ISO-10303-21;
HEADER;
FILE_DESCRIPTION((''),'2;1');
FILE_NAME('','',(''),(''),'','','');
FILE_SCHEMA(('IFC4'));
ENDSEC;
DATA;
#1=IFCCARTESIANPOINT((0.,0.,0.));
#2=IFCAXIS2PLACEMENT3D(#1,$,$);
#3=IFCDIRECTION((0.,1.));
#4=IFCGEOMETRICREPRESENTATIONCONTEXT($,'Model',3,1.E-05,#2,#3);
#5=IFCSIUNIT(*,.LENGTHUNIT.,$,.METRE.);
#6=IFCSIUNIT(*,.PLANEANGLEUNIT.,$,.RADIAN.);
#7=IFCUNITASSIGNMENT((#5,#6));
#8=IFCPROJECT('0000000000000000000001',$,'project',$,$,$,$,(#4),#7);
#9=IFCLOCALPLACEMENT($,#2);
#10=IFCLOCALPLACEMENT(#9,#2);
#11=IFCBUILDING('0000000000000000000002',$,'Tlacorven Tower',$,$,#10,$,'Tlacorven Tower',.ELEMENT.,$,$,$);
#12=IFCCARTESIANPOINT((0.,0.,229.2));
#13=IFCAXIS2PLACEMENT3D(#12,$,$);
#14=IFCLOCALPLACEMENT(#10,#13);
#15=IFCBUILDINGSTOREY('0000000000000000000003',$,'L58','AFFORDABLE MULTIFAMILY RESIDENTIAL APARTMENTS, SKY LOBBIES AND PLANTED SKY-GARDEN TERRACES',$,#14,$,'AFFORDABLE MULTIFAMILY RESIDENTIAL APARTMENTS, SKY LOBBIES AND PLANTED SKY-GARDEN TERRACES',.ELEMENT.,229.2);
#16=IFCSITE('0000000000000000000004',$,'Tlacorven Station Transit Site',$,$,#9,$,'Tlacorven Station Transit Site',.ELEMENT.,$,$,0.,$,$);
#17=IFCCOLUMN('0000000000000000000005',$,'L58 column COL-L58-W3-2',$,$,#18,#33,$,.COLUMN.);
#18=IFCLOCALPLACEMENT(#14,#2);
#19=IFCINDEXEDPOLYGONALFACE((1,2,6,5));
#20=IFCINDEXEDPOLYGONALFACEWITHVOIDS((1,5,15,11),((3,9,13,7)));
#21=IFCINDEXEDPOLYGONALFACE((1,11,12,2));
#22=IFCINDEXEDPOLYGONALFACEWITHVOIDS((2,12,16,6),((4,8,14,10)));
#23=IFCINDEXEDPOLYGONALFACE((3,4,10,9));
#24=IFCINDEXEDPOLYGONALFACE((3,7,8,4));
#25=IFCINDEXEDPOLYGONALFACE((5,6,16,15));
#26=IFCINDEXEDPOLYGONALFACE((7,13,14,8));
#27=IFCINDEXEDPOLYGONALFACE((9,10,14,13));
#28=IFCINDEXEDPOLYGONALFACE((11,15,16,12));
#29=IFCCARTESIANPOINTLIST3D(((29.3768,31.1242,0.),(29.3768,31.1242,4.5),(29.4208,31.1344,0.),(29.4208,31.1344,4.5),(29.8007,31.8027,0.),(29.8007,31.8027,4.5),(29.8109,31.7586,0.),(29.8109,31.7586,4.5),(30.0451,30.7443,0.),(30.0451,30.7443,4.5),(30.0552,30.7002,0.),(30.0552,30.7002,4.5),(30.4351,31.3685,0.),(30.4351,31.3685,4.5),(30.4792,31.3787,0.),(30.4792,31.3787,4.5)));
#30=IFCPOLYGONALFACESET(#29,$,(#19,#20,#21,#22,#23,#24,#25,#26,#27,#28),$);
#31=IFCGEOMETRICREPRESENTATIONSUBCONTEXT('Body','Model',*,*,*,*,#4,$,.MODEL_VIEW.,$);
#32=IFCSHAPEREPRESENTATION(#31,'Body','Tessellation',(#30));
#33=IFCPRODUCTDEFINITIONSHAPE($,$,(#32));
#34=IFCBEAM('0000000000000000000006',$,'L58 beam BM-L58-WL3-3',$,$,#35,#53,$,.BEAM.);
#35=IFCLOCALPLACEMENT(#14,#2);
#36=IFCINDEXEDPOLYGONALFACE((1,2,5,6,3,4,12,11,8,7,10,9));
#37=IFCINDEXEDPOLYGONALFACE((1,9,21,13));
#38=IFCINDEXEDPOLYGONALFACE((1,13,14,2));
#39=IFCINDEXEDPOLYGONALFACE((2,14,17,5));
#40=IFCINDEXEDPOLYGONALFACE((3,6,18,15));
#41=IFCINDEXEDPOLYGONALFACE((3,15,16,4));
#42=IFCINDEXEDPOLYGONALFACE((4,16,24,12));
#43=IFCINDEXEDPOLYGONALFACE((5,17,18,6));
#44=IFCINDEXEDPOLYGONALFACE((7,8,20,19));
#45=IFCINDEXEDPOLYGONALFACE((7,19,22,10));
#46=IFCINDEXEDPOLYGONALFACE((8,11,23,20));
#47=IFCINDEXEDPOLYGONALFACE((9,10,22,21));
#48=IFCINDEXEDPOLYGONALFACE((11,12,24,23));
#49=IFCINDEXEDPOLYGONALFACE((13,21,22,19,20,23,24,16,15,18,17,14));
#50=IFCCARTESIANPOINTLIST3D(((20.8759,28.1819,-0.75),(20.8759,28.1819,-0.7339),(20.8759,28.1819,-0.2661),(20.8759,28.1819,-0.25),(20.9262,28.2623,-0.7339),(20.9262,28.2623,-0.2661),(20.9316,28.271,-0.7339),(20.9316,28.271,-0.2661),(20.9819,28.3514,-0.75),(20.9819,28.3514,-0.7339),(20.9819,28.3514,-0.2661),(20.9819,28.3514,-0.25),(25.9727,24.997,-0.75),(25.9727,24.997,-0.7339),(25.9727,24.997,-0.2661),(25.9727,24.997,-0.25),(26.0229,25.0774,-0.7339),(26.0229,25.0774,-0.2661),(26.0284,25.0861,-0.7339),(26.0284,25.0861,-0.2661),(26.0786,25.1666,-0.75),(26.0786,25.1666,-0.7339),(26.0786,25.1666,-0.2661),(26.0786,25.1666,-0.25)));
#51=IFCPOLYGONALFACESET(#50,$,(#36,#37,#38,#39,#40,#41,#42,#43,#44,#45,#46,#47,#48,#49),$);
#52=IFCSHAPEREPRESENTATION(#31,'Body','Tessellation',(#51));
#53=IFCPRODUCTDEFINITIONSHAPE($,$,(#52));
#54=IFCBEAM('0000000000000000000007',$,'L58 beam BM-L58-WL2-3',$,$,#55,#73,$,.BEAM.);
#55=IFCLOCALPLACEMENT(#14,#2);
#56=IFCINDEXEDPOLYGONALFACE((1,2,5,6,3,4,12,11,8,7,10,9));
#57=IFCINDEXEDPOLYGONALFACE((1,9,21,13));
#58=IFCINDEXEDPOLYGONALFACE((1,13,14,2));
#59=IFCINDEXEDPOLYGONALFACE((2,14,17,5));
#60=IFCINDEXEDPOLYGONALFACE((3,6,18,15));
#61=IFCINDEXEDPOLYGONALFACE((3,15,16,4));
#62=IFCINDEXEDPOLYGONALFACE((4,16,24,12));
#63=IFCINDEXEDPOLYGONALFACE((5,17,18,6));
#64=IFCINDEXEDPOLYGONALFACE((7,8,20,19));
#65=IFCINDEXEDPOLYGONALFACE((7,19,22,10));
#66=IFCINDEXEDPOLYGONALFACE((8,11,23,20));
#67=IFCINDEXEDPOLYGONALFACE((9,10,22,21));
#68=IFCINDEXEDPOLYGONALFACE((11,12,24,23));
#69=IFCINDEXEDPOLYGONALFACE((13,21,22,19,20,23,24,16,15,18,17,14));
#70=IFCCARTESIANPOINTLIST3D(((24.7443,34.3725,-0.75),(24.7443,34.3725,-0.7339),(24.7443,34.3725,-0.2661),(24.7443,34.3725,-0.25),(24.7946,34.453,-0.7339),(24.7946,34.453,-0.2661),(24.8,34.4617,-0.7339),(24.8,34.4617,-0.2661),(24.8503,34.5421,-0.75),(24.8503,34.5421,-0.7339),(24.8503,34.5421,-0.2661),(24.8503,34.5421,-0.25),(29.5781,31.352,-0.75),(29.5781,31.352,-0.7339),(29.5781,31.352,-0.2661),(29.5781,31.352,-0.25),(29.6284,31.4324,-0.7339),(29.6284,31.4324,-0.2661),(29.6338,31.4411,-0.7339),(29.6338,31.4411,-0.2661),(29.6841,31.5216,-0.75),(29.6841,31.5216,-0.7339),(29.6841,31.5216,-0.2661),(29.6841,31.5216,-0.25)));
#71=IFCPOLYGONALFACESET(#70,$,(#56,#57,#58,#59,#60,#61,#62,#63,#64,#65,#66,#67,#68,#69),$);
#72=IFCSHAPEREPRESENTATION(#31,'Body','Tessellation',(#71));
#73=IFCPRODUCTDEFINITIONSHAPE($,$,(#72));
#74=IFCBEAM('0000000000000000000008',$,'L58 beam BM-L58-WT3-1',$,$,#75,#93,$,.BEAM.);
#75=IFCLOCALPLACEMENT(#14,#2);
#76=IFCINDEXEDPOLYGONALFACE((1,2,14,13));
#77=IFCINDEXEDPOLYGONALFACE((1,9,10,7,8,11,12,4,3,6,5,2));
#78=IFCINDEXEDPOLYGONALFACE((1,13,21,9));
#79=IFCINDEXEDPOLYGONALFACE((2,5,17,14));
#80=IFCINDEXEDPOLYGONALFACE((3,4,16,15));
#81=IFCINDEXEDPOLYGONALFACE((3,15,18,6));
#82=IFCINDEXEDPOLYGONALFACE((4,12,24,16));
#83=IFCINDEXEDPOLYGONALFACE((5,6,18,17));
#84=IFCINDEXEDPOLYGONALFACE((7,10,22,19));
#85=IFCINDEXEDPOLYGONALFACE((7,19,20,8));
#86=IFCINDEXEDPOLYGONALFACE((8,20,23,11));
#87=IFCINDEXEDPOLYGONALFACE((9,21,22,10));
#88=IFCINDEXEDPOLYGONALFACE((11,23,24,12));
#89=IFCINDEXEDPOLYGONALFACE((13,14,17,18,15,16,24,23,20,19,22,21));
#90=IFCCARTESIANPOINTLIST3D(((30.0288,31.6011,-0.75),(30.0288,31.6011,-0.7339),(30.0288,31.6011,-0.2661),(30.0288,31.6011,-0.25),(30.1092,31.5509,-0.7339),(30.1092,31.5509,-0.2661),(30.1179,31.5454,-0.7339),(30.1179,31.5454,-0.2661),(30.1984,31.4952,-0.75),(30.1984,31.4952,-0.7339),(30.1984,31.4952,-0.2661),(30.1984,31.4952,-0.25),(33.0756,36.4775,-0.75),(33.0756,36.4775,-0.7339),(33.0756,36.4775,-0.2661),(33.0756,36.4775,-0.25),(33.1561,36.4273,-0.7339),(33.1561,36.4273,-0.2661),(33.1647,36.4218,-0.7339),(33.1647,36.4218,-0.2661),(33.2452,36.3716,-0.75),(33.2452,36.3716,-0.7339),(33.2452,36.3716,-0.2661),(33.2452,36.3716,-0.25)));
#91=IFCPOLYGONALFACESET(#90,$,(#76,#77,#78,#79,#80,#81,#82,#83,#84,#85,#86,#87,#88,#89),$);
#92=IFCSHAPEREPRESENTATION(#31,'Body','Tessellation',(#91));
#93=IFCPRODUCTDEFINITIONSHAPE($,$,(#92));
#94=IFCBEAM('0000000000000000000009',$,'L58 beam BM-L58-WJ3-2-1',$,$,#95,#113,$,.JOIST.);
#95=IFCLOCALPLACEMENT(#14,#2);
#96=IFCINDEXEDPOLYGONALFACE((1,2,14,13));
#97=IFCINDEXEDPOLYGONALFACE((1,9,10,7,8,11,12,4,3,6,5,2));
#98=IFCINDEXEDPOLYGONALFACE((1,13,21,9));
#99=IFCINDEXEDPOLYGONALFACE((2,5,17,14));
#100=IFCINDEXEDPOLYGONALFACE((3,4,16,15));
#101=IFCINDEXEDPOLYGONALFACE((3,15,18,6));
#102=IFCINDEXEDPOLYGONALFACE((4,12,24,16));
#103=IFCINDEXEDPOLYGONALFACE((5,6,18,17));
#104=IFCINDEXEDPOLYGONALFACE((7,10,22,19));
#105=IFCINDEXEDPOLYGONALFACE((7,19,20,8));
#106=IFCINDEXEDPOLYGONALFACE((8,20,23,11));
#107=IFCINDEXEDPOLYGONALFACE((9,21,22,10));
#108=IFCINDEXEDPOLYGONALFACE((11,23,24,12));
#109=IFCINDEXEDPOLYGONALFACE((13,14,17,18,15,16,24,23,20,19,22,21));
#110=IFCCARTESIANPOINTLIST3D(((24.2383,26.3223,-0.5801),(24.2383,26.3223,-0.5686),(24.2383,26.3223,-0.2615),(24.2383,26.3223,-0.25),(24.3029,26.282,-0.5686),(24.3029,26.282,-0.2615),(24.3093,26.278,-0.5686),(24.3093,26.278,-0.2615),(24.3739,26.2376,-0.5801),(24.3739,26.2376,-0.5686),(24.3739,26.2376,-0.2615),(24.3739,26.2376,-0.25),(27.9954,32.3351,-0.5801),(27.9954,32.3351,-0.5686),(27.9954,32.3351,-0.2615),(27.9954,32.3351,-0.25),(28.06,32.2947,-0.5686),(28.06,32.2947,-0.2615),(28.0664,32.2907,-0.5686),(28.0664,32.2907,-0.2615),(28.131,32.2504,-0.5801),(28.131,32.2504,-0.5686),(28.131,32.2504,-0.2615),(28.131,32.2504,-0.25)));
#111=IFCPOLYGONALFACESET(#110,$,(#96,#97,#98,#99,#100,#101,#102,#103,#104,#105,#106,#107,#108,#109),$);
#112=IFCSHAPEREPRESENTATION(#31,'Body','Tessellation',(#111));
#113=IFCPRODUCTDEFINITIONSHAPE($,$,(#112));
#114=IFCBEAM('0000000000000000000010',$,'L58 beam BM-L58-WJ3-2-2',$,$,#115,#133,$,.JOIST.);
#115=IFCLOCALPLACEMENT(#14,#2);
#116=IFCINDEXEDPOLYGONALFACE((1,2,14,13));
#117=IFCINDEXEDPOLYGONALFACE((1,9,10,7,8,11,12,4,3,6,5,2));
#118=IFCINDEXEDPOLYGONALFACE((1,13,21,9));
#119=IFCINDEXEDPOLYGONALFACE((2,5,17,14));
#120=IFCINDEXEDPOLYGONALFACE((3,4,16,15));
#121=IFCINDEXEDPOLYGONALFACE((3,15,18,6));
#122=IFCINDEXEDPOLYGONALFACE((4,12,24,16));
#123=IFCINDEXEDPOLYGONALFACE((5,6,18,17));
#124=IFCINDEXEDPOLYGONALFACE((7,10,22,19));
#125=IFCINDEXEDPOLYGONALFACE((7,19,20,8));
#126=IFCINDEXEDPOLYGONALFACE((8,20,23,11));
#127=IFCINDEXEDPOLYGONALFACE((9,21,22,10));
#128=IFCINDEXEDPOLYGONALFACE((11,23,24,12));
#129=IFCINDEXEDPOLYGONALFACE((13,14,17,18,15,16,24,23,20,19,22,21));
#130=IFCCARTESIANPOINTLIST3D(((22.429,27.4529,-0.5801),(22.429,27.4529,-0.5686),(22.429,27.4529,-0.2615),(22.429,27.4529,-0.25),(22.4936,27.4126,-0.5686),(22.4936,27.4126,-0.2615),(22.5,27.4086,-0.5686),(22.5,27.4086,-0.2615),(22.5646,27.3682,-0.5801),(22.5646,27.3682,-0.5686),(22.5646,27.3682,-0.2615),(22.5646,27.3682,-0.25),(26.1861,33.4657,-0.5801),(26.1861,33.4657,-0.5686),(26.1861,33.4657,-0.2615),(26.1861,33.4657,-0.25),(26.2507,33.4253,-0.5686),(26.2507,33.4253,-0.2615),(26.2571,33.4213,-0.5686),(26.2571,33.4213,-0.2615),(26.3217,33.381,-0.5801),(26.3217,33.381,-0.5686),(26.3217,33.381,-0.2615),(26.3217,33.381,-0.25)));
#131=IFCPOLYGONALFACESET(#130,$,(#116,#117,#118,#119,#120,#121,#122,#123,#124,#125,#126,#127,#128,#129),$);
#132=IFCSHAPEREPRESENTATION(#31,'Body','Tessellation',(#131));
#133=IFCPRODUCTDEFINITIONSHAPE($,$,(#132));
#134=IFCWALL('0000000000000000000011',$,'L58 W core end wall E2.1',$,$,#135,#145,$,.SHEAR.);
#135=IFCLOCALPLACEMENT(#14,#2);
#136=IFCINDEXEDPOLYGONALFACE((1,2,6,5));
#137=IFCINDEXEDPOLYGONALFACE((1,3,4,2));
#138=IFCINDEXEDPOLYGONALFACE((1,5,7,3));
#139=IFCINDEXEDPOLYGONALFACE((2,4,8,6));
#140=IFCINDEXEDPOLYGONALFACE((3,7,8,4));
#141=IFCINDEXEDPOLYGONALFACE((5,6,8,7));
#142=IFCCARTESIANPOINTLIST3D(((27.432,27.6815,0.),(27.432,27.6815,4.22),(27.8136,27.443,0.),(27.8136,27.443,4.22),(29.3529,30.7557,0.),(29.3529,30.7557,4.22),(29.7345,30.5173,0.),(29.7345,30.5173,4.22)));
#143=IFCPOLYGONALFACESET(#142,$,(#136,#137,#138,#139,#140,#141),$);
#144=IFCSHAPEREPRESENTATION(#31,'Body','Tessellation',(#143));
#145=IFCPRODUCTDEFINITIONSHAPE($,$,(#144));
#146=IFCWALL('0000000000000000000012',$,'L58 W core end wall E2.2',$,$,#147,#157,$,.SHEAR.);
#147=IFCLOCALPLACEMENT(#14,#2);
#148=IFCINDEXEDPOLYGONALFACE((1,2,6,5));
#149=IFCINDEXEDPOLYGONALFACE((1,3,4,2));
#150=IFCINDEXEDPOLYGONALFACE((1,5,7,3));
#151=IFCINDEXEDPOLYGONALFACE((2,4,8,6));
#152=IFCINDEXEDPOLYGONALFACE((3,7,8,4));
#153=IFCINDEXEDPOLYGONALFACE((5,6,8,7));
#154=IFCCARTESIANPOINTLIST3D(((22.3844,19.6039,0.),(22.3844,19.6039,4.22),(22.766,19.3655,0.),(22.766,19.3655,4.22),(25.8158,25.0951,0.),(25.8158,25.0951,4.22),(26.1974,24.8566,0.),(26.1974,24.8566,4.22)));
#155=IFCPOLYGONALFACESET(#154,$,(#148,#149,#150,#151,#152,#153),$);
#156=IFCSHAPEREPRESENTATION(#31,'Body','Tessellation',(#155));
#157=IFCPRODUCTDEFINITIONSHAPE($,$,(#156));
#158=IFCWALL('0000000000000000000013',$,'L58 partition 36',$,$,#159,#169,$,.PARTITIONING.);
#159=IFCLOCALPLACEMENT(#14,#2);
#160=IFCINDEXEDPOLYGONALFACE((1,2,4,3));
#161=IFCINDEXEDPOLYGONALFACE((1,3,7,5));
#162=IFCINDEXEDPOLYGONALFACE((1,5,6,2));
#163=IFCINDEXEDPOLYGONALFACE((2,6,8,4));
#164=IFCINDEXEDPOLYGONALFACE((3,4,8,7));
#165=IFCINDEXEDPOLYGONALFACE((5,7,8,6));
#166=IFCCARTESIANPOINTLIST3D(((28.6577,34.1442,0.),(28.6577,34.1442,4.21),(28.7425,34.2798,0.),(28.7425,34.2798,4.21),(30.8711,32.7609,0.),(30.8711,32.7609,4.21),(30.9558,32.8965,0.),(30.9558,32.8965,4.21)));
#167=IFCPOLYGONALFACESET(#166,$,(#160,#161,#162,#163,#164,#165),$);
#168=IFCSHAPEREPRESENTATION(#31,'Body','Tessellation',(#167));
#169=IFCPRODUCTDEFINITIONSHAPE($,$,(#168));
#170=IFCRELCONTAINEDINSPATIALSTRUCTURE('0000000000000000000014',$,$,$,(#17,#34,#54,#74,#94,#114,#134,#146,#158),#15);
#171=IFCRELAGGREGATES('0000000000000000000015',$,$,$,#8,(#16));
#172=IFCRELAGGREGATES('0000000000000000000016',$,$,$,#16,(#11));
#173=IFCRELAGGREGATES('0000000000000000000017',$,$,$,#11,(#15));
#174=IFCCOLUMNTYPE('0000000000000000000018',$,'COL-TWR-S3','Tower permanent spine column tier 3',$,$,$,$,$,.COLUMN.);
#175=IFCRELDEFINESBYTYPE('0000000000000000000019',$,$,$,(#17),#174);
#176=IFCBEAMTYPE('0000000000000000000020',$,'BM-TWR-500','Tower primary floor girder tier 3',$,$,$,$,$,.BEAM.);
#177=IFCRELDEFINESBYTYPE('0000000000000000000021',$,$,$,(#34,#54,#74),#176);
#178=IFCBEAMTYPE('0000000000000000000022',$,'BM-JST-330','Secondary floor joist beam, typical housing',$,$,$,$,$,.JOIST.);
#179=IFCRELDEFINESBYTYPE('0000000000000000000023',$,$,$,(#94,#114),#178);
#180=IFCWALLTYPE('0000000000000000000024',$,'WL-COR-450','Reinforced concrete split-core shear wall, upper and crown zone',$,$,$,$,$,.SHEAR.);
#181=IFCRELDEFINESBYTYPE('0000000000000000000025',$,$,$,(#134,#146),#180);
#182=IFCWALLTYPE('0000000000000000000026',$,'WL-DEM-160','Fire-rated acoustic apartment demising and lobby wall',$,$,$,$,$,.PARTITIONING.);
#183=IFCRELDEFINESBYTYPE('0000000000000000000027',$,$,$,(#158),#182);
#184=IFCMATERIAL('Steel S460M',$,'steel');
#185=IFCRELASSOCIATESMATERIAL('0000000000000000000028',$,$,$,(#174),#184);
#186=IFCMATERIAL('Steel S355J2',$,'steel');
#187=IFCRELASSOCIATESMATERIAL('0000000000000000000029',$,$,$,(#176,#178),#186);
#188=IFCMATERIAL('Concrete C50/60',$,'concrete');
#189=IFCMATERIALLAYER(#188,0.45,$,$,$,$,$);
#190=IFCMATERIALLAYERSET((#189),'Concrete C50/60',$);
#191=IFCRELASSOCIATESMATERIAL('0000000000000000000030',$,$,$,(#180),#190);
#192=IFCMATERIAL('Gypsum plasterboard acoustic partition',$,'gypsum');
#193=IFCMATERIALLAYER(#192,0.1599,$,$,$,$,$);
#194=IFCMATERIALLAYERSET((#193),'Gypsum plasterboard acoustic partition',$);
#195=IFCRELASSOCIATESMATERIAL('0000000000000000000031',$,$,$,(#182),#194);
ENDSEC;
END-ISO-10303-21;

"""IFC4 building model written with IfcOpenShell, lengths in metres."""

from ifc_helpers import new_model, si_unit, direction, frame, frame_2d, origin, origin_2d, place, context, subcontext, project, spatial, rectangle, hollow_rectangle, i_section, extrude, source, transform, mapped, material, layer, layer_set, material_profile, profile_set, type_object, element, save


model = new_model("IFC4")

# Units and contexts
model_context = context("Model", 3, precision=1e-05, world=origin(), true_north=direction((0.0, 1.0)))
body_context = subcontext(model_context, "Body", "Model", "MODEL_VIEW")
ifc_project = project(units=[si_unit("LENGTHUNIT", "METRE"), si_unit("PLANEANGLEUNIT", "RADIAN")], contexts=[model_context])

# Site, building, storey
site_placement = place(None, origin())
site = spatial("IfcSite", under=ifc_project, at=site_placement, Name="Tlacorven Station Transit Site", LongName="Tlacorven Station Transit Site", CompositionType="ELEMENT", RefElevation=0.0)
building_placement = place(site_placement, origin())
building = spatial("IfcBuilding", under=site, at=building_placement, Name="Tlacorven Tower", LongName="Tlacorven Tower", CompositionType="ELEMENT")
storey_placement = place(building_placement, frame((0.0, 0.0, 229.2)))
storey = spatial("IfcBuildingStorey", under=building, at=storey_placement, Name="L58", Description="AFFORDABLE MULTIFAMILY RESIDENTIAL APARTMENTS, SKY LOBBIES AND PLANTED SKY-GARDEN TERRACES", LongName="AFFORDABLE MULTIFAMILY RESIDENTIAL APARTMENTS, SKY LOBBIES AND PLANTED SKY-GARDEN TERRACES", CompositionType="ELEMENT", Elevation=229.2)

# Column
ifc_material_1 = material(Name="Steel S460M", Category="steel")
ifc_material_profile_1 = material_profile(ifc_material_1, hollow_rectangle(XDim=0.8, YDim=0.8, WallThickness=0.032, at=origin_2d()), Name="BOX 800X800X32")
ifc_profile_set_1 = profile_set([ifc_material_profile_1], Name="Steel S460M")
column_type = type_object("IfcColumnType", Name="COL-TWR-S3", Description="Tower permanent spine column tier 3", PredefinedType="COLUMN", material=ifc_profile_set_1)
shared_shape_1 = source(origin(), body_context, "Body", "SweptSolid", [
    extrude(hollow_rectangle(XDim=0.8, YDim=0.8, WallThickness=0.032, at=origin_2d()), origin(), (0.0, 0.0, 1.0), 4.5),
])
column_placement = place(storey_placement, frame((29.928, 31.2515, 0.0), z_axis=(0.0, 0.0, 1.0), x_axis=(-0.848048, 0.529919, 0.0)))
element("IfcColumn", 1, at=column_placement, inside=storey, type_object=column_type, Name="L58 column COL-L58-W3-2", PredefinedType="COLUMN", context=body_context, shape_type="MappedRepresentation", body=[
    mapped(shared_shape_1, transform((0.0, 0.0, 0.0), scale=1.0)),
])

# Beams
ifc_material_2 = material(Name="Steel S355J2", Category="steel")
ifc_material_profile_2 = material_profile(ifc_material_2, i_section(OverallWidth=0.2, OverallDepth=0.5, WebThickness=0.0103, FlangeThickness=0.0161, at=origin_2d()), Name="IPE 500")
ifc_profile_set_2 = profile_set([ifc_material_profile_2], Name="Steel S355J2")
beam_type_1 = type_object("IfcBeamType", Name="BM-TWR-500", Description="Tower primary floor girder tier 3", PredefinedType="BEAM", material=ifc_profile_set_2)
shared_shape_2 = source(origin(), body_context, "Body", "SweptSolid", [
    extrude(i_section(OverallWidth=0.2, OverallDepth=0.5, WebThickness=0.0103, FlangeThickness=0.0161, at=origin_2d()), origin(), (0.0, 0.0, 1.0), 6.01),
])
beam_1_placement = place(storey_placement, frame((26.0256, 25.0818, -0.5), z_axis=(-0.848044, 0.529926, 0.0), x_axis=(-0.529926, -0.848044, 0.0)))
element("IfcBeam", 2, at=beam_1_placement, inside=storey, type_object=beam_type_1, Name="L58 beam BM-L58-WL3-3", PredefinedType="BEAM", context=body_context, shape_type="MappedRepresentation", body=[
    mapped(shared_shape_2, transform((0.0, 0.0, 0.0), scale=1.0)),
])
shared_shape_3 = source(origin(), body_context, "Body", "SweptSolid", [
    extrude(i_section(OverallWidth=0.2, OverallDepth=0.5, WebThickness=0.0103, FlangeThickness=0.0161, at=origin_2d()), origin(), (0.0, 0.0, 1.0), 5.7),
])
beam_2_placement = place(storey_placement, frame((29.6311, 31.4368, -0.5), z_axis=(-0.848044, 0.529926, 0.0), x_axis=(-0.529926, -0.848044, 0.0)))
element("IfcBeam", 3, at=beam_2_placement, inside=storey, type_object=beam_type_1, Name="L58 beam BM-L58-WL2-3", PredefinedType="BEAM", context=body_context, shape_type="MappedRepresentation", body=[
    mapped(shared_shape_3, transform((0.0, 0.0, 0.0), scale=1.0)),
])
shared_shape_4 = source(origin(), body_context, "Body", "SweptSolid", [
    extrude(i_section(OverallWidth=0.2, OverallDepth=0.5, WebThickness=0.0103, FlangeThickness=0.0161, at=origin_2d()), origin(), (0.0, 0.0, 1.0), 5.75),
])
beam_3_placement = place(storey_placement, frame((33.1604, 36.4246, -0.5), z_axis=(-0.529884, -0.84807, 0.0), x_axis=(0.84807, -0.529884, 0.0)))
element("IfcBeam", 4, at=beam_3_placement, inside=storey, type_object=beam_type_1, Name="L58 beam BM-L58-WT3-1", PredefinedType="BEAM", context=body_context, shape_type="MappedRepresentation", body=[
    mapped(shared_shape_4, transform((0.0, 0.0, 0.0), scale=1.0)),
])
ifc_material_profile_3 = material_profile(ifc_material_2, i_section(OverallWidth=0.1599, OverallDepth=0.3301, WebThickness=0.0076, FlangeThickness=0.0115, at=origin_2d()), Name="IPE 330")
ifc_profile_set_3 = profile_set([ifc_material_profile_3], Name="Steel S355J2")
beam_type_2 = type_object("IfcBeamType", Name="BM-JST-330", Description="Secondary floor joist beam, typical housing", PredefinedType="JOIST", material=ifc_profile_set_3)
shared_shape_5 = source(origin(), body_context, "Body", "SweptSolid", [
    extrude(i_section(OverallWidth=0.1599, OverallDepth=0.3301, WebThickness=0.0076, FlangeThickness=0.0115, at=origin_2d()), origin(), (0.0, 0.0, 1.0), 7.0901),
])
for number, where, z_axis, x_axis, name in (
    (5, (28.0632, 32.2927, -0.415), (-0.529912, -0.848052, 0.0), (0.848052, -0.529912, 0.0), "L58 beam BM-L58-WJ3-2-1"),
    (6, (26.2539, 33.4233, -0.415), (-0.529912, -0.848052, 0.0), (0.848052, -0.529912, 0.0), "L58 beam BM-L58-WJ3-2-2"),
):
    element("IfcBeam", number, at=place(storey_placement, frame(where, z_axis=z_axis, x_axis=x_axis)), inside=storey, type_object=beam_type_2, Name=name, PredefinedType="JOIST", context=body_context, shape_type="MappedRepresentation", body=[
        mapped(shared_shape_5, transform((0.0, 0.0, 0.0), scale=1.0)),
    ])

# Walls
ifc_material_3 = material(Name="Concrete C50/60", Category="concrete")
ifc_layer_1 = layer(ifc_material_3, 0.45)
ifc_layer_set_1 = layer_set([ifc_layer_1], Name="Concrete C50/60")
wall_type_1 = type_object("IfcWallType", Name="WL-COR-450", Description="Reinforced concrete split-core shear wall, upper and crown zone", PredefinedType="SHEAR", material=ifc_layer_set_1)
wall_1_placement = place(storey_placement, frame((29.5437, 30.6365, 0.0), z_axis=(0.0, 0.0, 1.0), x_axis=(-0.529902, -0.848059, 0.0)))
element("IfcWall", 7, at=wall_1_placement, inside=storey, type_object=wall_type_1, Name="L58 W core end wall E2.1", PredefinedType="SHEAR", context=body_context, shape_type="SweptSolid", body=[
    extrude(rectangle(XDim=3.625, YDim=0.45, at=frame_2d((1.8125, 0.0))), origin(), (0.0, 0.0, 1.0), 4.22),
])
wall_2_placement = place(storey_placement, frame((26.0066, 24.9758, 0.0), z_axis=(0.0, 0.0, 1.0), x_axis=(-0.529931, -0.848041, 0.0)))
element("IfcWall", 8, at=wall_2_placement, inside=storey, type_object=wall_type_1, Name="L58 W core end wall E2.2", PredefinedType="SHEAR", context=body_context, shape_type="SweptSolid", body=[
    extrude(rectangle(XDim=6.4751, YDim=0.45, at=frame_2d((3.2375, 0.0))), origin(), (0.0, 0.0, 1.0), 4.22),
])
ifc_material_4 = material(Name="Gypsum plasterboard acoustic partition", Category="gypsum")
ifc_layer_2 = layer(ifc_material_4, 0.1599)
ifc_layer_set_2 = layer_set([ifc_layer_2], Name="Gypsum plasterboard acoustic partition")
wall_type_2 = type_object("IfcWallType", Name="WL-DEM-160", Description="Fire-rated acoustic apartment demising and lobby wall", PredefinedType="PARTITIONING", material=ifc_layer_set_2)
wall_3_placement = place(storey_placement, frame((30.9136, 32.8286, 0.0), z_axis=(0.0, 0.0, 1.0), x_axis=(-0.848009, 0.529982, 0.0)))
element("IfcWall", 9, at=wall_3_placement, inside=storey, type_object=wall_type_2, Name="L58 partition 36", PredefinedType="PARTITIONING", context=body_context, shape_type="SweptSolid", body=[
    extrude(rectangle(XDim=2.6101, YDim=0.1599, at=frame_2d((1.3052, 0.0))), origin(), (0.0, 0.0, 1.0), 4.21),
])

save(model, "model.ifc")
